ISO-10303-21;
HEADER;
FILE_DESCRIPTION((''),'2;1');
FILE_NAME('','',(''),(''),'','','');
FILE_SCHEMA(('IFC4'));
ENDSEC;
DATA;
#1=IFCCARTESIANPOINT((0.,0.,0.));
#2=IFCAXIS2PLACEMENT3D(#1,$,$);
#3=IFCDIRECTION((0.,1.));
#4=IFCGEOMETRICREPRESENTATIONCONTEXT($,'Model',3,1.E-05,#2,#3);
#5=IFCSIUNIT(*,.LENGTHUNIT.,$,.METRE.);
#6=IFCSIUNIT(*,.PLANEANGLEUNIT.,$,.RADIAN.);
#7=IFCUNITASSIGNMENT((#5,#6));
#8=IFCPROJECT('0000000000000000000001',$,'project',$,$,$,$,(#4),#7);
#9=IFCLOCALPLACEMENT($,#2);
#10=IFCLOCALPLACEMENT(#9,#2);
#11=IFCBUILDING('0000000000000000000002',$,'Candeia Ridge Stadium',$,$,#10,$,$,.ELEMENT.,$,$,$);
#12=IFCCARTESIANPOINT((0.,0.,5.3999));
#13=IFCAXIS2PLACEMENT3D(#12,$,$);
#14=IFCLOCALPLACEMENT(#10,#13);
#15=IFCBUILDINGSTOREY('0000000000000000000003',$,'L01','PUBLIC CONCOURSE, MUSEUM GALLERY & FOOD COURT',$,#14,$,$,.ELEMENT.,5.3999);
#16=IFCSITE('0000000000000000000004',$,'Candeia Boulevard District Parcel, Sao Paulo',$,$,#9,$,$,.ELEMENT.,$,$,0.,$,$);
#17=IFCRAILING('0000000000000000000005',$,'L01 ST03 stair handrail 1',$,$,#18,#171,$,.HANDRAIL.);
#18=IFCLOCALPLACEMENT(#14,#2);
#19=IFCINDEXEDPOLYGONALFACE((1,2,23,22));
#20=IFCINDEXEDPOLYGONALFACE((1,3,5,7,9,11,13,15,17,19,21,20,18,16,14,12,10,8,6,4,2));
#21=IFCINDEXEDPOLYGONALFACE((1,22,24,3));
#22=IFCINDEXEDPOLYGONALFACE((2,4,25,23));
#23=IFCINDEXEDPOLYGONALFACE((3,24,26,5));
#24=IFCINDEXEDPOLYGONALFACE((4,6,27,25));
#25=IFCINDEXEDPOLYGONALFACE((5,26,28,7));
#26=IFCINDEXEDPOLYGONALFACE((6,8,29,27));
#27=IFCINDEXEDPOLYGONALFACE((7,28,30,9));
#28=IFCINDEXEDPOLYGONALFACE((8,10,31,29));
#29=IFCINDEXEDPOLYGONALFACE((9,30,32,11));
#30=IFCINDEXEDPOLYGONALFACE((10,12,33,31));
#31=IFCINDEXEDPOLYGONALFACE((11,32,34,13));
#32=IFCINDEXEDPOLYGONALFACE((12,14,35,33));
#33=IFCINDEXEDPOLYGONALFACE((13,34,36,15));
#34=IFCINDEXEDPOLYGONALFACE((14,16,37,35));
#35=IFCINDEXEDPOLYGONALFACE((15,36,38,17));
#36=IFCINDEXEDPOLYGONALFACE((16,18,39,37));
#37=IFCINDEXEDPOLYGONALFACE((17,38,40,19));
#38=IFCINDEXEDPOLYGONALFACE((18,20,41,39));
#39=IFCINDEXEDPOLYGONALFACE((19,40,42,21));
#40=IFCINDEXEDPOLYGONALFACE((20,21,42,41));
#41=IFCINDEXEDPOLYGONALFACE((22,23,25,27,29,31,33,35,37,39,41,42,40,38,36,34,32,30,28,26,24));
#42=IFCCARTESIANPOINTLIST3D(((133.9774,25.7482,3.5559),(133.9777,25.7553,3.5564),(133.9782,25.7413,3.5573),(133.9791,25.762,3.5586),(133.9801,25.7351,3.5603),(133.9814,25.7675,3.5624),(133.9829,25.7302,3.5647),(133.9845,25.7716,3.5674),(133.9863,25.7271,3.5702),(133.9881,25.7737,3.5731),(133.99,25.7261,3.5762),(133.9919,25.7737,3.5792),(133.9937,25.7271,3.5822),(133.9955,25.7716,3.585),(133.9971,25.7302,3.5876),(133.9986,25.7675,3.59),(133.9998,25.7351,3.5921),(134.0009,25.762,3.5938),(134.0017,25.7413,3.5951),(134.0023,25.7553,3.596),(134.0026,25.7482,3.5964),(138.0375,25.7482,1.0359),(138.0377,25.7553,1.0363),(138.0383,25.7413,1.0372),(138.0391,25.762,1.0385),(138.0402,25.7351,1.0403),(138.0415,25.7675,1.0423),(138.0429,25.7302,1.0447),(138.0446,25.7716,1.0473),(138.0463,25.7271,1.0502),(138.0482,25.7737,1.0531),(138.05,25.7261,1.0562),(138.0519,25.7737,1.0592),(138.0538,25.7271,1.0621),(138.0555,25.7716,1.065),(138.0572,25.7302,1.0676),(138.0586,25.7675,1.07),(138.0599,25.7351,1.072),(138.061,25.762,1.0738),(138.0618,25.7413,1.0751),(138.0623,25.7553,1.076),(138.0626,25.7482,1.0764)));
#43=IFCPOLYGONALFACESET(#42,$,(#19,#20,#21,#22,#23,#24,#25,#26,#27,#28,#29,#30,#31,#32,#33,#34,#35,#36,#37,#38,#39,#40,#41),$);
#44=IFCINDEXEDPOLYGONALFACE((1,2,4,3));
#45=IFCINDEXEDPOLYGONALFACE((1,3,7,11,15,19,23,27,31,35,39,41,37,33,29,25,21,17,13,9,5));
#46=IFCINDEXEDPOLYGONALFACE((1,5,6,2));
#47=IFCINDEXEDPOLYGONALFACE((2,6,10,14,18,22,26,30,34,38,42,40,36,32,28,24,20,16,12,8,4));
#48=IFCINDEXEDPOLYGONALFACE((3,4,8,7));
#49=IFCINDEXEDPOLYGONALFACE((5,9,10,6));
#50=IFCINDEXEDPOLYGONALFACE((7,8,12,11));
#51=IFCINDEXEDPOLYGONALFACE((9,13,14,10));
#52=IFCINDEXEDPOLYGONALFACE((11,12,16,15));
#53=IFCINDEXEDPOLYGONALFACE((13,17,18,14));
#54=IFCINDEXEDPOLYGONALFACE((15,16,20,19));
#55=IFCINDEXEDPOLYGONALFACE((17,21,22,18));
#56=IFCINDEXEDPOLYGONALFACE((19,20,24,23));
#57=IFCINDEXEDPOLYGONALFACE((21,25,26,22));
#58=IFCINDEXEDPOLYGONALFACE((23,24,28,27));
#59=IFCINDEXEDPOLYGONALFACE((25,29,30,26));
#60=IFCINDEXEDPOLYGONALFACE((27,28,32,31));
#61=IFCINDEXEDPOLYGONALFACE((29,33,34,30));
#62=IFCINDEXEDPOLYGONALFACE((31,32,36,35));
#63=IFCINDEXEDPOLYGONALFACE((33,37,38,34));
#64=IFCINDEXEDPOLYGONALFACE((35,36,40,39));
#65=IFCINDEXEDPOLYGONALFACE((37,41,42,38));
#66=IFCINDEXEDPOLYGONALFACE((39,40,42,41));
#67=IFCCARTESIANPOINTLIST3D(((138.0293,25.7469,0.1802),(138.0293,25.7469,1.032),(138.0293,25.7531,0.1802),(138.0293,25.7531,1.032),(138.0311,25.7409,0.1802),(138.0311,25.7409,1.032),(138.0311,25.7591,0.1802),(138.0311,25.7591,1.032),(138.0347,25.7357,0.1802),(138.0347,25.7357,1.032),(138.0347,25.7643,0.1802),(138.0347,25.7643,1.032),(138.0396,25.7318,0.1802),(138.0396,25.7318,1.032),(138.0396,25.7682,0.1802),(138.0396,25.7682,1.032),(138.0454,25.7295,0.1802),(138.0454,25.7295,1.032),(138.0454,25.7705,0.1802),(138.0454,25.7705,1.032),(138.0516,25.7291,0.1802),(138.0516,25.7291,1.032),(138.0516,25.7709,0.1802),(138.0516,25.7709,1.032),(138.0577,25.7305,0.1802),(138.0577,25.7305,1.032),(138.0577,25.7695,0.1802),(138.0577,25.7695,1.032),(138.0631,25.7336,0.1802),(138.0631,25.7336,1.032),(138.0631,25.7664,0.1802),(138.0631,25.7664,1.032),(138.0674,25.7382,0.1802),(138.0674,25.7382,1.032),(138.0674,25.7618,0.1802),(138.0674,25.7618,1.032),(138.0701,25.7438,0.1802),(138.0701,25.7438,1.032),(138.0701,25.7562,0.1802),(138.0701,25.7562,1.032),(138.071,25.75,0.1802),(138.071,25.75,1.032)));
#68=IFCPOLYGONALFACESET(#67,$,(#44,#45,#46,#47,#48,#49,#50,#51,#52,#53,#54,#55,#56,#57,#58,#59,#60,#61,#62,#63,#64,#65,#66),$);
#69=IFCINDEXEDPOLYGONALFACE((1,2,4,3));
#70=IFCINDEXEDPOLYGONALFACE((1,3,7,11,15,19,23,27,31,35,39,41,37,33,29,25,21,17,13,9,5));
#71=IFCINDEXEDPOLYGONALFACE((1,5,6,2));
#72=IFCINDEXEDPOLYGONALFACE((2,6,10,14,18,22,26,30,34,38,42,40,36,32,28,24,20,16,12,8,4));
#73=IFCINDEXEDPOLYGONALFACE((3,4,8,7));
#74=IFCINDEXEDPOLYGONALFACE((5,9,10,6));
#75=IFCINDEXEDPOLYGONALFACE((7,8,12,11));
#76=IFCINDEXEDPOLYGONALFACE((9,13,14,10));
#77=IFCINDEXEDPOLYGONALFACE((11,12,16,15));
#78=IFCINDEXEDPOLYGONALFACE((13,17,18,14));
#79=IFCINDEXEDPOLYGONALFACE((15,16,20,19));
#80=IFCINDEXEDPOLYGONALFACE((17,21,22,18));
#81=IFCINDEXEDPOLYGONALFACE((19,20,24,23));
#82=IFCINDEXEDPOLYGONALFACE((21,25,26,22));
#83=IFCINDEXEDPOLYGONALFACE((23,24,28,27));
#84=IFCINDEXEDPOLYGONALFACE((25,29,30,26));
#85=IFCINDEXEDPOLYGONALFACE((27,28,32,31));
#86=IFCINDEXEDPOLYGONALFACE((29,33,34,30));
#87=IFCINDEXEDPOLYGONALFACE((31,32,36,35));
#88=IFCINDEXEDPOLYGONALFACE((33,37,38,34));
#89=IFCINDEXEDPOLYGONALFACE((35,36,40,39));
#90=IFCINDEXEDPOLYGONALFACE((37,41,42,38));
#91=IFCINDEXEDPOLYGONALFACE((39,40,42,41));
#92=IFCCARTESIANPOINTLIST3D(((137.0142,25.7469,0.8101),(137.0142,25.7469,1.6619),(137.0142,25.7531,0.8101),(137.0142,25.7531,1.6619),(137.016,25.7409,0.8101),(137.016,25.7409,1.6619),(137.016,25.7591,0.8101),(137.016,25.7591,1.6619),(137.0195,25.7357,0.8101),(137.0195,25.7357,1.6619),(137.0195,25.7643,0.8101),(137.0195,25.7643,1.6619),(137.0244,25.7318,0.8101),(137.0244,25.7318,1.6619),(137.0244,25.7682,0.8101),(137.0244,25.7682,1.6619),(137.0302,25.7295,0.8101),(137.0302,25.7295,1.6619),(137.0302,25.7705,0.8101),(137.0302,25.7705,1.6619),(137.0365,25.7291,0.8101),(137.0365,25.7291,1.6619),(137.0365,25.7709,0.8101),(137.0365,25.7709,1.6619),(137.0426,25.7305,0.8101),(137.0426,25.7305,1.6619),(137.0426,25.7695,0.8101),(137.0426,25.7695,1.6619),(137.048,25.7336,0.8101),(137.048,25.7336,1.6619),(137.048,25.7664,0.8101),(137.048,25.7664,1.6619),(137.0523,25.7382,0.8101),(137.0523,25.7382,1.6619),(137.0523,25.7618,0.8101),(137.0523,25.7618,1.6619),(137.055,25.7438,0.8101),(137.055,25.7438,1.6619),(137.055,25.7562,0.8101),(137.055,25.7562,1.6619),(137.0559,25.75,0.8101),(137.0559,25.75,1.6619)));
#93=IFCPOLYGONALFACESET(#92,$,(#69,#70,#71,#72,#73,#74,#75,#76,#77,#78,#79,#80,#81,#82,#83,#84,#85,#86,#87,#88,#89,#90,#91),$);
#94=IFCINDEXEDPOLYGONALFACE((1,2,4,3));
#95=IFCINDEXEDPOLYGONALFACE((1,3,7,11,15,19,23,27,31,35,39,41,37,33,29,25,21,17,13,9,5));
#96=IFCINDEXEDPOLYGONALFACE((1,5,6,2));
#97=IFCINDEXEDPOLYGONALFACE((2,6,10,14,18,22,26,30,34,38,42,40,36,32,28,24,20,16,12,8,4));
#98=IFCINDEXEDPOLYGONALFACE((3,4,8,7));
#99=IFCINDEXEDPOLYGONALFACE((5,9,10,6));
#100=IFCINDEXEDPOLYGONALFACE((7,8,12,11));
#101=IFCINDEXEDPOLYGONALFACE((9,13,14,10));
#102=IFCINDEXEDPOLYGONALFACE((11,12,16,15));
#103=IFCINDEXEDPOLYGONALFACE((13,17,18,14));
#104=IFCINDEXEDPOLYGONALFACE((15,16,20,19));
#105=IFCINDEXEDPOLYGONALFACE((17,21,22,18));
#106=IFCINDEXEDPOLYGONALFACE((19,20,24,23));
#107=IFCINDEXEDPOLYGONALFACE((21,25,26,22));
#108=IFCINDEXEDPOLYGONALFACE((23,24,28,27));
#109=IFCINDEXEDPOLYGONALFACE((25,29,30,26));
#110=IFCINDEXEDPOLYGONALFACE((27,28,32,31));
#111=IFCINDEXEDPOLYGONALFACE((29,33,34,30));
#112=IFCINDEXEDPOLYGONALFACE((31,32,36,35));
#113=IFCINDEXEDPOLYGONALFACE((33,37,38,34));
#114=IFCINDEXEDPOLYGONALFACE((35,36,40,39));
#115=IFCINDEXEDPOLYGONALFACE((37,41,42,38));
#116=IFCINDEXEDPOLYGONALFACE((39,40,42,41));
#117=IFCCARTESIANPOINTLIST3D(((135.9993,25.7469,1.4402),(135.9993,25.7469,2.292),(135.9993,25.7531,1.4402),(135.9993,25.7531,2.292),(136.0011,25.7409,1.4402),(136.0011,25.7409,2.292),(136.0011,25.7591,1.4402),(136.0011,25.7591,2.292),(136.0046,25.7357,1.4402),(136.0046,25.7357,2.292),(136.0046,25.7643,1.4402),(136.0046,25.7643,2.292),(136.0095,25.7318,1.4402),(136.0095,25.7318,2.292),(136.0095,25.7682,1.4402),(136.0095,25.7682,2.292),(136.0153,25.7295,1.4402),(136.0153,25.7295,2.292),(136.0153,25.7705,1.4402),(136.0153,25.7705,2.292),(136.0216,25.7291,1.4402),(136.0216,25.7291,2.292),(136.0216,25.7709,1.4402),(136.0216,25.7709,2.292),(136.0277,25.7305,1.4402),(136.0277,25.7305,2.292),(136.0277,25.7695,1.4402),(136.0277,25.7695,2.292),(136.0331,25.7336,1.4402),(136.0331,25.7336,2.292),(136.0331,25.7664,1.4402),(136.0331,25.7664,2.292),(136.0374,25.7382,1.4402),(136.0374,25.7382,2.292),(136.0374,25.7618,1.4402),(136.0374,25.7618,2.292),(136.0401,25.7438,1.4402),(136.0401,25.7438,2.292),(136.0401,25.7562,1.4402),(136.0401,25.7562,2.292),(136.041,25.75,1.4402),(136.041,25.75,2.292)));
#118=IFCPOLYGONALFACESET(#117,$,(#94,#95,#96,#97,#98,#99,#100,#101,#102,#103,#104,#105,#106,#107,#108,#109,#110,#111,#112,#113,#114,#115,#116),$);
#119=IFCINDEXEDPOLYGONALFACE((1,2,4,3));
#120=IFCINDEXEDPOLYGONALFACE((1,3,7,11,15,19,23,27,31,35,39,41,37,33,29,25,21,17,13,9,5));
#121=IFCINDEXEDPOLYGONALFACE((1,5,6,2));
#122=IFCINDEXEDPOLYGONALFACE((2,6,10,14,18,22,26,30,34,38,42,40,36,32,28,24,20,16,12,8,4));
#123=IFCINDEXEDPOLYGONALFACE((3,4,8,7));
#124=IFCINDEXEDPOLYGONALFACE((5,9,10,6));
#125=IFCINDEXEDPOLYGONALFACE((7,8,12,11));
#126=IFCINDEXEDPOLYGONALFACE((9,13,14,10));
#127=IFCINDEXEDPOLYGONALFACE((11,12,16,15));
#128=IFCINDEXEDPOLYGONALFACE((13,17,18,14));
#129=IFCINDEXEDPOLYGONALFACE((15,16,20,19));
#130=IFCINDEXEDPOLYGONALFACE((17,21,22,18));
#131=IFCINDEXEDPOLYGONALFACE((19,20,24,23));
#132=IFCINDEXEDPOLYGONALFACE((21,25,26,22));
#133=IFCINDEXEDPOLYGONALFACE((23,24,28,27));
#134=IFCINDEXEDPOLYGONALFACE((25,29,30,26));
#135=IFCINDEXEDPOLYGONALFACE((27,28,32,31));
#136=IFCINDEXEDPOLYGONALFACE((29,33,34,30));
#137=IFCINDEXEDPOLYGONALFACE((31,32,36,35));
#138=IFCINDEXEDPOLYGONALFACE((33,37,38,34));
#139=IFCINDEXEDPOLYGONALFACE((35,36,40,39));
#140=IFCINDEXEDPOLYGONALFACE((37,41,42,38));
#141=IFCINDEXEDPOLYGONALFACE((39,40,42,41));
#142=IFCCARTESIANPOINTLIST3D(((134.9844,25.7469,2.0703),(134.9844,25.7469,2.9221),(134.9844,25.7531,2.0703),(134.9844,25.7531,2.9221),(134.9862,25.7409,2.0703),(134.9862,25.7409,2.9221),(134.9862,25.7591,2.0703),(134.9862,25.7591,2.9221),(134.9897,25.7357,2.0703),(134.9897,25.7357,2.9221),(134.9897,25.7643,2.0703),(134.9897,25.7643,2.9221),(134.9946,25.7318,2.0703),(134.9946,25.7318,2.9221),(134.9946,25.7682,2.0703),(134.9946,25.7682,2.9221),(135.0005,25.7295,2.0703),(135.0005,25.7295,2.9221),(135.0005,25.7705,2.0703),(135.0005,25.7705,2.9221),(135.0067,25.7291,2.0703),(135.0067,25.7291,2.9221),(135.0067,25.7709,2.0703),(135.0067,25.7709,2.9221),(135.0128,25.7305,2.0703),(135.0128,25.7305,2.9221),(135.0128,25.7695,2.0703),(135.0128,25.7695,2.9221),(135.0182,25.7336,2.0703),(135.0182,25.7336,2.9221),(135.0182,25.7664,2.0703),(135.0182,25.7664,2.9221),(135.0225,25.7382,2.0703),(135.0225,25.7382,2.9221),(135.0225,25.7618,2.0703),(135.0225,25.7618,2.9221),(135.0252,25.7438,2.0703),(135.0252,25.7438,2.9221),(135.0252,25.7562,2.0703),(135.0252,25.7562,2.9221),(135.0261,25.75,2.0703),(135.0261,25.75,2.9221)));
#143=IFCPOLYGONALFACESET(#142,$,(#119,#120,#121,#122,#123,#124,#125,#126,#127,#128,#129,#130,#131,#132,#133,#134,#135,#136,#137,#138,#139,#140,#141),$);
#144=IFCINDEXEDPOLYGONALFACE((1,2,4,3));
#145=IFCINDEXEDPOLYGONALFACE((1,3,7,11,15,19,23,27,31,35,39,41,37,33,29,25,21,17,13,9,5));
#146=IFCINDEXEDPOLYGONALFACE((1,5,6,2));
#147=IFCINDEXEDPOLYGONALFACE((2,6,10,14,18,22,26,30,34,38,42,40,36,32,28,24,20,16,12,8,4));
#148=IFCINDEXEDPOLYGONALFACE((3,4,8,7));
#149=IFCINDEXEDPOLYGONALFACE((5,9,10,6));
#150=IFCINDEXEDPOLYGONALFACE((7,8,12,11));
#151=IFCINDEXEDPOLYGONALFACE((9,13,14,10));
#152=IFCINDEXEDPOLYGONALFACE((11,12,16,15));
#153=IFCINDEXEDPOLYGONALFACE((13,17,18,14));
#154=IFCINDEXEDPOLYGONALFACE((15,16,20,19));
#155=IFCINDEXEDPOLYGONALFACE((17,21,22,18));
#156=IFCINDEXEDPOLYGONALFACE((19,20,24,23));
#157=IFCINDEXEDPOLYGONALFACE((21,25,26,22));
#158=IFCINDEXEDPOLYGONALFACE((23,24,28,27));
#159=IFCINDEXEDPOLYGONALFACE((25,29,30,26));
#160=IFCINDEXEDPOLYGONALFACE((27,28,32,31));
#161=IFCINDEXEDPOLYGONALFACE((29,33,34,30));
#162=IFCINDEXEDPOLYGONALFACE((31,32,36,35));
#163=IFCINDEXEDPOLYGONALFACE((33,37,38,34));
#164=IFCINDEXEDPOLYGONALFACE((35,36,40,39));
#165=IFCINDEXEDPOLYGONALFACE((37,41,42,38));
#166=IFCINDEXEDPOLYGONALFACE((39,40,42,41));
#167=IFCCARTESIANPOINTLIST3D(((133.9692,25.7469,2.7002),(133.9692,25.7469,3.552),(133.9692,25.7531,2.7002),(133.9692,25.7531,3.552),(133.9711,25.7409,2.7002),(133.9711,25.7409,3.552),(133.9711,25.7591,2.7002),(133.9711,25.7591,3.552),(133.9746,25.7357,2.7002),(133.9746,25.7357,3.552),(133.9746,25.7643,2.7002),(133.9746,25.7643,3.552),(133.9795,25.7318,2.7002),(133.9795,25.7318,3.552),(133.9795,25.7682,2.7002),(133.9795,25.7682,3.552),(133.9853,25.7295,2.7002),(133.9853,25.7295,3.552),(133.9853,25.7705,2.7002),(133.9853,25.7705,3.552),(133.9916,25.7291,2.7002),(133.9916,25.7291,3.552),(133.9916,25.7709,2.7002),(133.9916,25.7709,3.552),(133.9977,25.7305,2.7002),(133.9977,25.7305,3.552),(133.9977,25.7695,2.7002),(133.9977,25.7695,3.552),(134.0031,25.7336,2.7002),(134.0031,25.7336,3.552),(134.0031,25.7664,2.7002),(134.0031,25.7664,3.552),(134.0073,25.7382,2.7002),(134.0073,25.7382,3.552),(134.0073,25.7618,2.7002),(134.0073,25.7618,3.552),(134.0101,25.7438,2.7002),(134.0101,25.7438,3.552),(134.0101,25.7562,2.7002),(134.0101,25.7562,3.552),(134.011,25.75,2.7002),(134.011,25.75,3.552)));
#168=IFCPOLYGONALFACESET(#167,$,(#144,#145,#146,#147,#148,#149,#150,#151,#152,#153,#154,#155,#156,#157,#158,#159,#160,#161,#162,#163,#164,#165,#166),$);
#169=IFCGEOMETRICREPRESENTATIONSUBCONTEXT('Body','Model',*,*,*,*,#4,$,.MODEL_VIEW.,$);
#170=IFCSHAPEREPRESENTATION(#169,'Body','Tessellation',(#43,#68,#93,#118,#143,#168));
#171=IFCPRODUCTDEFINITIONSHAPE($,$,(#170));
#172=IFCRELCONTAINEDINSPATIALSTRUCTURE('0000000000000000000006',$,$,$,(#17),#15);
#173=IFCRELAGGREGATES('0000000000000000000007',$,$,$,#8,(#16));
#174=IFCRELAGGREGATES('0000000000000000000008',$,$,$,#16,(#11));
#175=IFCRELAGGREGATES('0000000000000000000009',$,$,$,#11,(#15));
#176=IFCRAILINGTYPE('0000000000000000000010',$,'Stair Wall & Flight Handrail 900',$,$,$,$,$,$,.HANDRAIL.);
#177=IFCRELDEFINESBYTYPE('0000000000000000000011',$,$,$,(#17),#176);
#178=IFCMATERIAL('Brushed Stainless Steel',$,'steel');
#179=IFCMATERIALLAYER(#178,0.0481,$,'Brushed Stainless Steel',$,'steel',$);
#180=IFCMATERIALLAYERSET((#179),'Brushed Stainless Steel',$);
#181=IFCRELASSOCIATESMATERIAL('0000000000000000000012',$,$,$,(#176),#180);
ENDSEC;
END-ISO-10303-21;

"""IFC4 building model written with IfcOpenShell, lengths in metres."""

from ifc_helpers import new_model, si_unit, direction, frame, origin, origin_2d, place, context, subcontext, project, spatial, circle, extrude, material, layer, layer_set, type_object, element, save


model = new_model("IFC4")

# Units and contexts
model_context = context("Model", 3, precision=1e-05, world=origin(), true_north=direction((0.0, 1.0)))
body_context = subcontext(model_context, "Body", "Model", "MODEL_VIEW")
ifc_project = project(units=[si_unit("LENGTHUNIT", "METRE"), si_unit("PLANEANGLEUNIT", "RADIAN")], contexts=[model_context])

# Site, building, storey
site_placement = place(None, origin())
site = spatial("IfcSite", under=ifc_project, at=site_placement, Name="Candeia Boulevard District Parcel, Sao Paulo", CompositionType="ELEMENT", RefElevation=0.0)
building_placement = place(site_placement, origin())
building = spatial("IfcBuilding", under=site, at=building_placement, Name="Candeia Ridge Stadium", CompositionType="ELEMENT")
storey_placement = place(building_placement, frame((0.0, 0.0, 5.3999)))
storey = spatial("IfcBuildingStorey", under=building, at=storey_placement, Name="L01", Description="PUBLIC CONCOURSE, MUSEUM GALLERY & FOOD COURT", CompositionType="ELEMENT", Elevation=5.3999)

# Railing
ifc_material_1 = material(Name="Brushed Stainless Steel", Category="steel")
ifc_layer_1 = layer(ifc_material_1, 0.0481, Name="Brushed Stainless Steel", Category="steel")
ifc_layer_set_1 = layer_set([ifc_layer_1], Name="Brushed Stainless Steel")
railing_type_1 = type_object("IfcRailingType", Name="Stair Wall & Flight Handrail 900", PredefinedType="HANDRAIL", material=ifc_layer_set_1)
railing_1_placement = place(storey_placement, frame((138.05, 25.75, 0.1802)))
element("IfcRailing", 1, at=railing_1_placement, inside=storey, type_object=railing_type_1, Name="L01 ST03 stair handrail 1", PredefinedType="HANDRAIL", context=body_context, shape_type="SweptSolid", body=[
    extrude(circle(Radius=0.0239, at=origin_2d()), frame((0.0, 0.0, 0.876), z_axis=(-0.849642, 0.0, 0.52736), x_axis=(0.0, -1.0, 0.0)), (0.0, 0.0, 1.0), 4.7786),
    extrude(circle(Radius=0.021, at=origin_2d()), origin(), (0.0, 0.0, 1.0), 0.8518),
    extrude(circle(Radius=0.021, at=origin_2d()), frame((-1.0151, 0.0, 0.6299)), (0.0, 0.0, 1.0), 0.8518),
    extrude(circle(Radius=0.021, at=origin_2d()), frame((-2.03, 0.0, 1.26)), (0.0, 0.0, 1.0), 0.8518),
    extrude(circle(Radius=0.021, at=origin_2d()), frame((-3.0449, 0.0, 1.8901)), (0.0, 0.0, 1.0), 0.8518),
    extrude(circle(Radius=0.021, at=origin_2d()), frame((-4.0601, 0.0, 2.52)), (0.0, 0.0, 1.0), 0.8518),
])

save(model, "model.ifc")
